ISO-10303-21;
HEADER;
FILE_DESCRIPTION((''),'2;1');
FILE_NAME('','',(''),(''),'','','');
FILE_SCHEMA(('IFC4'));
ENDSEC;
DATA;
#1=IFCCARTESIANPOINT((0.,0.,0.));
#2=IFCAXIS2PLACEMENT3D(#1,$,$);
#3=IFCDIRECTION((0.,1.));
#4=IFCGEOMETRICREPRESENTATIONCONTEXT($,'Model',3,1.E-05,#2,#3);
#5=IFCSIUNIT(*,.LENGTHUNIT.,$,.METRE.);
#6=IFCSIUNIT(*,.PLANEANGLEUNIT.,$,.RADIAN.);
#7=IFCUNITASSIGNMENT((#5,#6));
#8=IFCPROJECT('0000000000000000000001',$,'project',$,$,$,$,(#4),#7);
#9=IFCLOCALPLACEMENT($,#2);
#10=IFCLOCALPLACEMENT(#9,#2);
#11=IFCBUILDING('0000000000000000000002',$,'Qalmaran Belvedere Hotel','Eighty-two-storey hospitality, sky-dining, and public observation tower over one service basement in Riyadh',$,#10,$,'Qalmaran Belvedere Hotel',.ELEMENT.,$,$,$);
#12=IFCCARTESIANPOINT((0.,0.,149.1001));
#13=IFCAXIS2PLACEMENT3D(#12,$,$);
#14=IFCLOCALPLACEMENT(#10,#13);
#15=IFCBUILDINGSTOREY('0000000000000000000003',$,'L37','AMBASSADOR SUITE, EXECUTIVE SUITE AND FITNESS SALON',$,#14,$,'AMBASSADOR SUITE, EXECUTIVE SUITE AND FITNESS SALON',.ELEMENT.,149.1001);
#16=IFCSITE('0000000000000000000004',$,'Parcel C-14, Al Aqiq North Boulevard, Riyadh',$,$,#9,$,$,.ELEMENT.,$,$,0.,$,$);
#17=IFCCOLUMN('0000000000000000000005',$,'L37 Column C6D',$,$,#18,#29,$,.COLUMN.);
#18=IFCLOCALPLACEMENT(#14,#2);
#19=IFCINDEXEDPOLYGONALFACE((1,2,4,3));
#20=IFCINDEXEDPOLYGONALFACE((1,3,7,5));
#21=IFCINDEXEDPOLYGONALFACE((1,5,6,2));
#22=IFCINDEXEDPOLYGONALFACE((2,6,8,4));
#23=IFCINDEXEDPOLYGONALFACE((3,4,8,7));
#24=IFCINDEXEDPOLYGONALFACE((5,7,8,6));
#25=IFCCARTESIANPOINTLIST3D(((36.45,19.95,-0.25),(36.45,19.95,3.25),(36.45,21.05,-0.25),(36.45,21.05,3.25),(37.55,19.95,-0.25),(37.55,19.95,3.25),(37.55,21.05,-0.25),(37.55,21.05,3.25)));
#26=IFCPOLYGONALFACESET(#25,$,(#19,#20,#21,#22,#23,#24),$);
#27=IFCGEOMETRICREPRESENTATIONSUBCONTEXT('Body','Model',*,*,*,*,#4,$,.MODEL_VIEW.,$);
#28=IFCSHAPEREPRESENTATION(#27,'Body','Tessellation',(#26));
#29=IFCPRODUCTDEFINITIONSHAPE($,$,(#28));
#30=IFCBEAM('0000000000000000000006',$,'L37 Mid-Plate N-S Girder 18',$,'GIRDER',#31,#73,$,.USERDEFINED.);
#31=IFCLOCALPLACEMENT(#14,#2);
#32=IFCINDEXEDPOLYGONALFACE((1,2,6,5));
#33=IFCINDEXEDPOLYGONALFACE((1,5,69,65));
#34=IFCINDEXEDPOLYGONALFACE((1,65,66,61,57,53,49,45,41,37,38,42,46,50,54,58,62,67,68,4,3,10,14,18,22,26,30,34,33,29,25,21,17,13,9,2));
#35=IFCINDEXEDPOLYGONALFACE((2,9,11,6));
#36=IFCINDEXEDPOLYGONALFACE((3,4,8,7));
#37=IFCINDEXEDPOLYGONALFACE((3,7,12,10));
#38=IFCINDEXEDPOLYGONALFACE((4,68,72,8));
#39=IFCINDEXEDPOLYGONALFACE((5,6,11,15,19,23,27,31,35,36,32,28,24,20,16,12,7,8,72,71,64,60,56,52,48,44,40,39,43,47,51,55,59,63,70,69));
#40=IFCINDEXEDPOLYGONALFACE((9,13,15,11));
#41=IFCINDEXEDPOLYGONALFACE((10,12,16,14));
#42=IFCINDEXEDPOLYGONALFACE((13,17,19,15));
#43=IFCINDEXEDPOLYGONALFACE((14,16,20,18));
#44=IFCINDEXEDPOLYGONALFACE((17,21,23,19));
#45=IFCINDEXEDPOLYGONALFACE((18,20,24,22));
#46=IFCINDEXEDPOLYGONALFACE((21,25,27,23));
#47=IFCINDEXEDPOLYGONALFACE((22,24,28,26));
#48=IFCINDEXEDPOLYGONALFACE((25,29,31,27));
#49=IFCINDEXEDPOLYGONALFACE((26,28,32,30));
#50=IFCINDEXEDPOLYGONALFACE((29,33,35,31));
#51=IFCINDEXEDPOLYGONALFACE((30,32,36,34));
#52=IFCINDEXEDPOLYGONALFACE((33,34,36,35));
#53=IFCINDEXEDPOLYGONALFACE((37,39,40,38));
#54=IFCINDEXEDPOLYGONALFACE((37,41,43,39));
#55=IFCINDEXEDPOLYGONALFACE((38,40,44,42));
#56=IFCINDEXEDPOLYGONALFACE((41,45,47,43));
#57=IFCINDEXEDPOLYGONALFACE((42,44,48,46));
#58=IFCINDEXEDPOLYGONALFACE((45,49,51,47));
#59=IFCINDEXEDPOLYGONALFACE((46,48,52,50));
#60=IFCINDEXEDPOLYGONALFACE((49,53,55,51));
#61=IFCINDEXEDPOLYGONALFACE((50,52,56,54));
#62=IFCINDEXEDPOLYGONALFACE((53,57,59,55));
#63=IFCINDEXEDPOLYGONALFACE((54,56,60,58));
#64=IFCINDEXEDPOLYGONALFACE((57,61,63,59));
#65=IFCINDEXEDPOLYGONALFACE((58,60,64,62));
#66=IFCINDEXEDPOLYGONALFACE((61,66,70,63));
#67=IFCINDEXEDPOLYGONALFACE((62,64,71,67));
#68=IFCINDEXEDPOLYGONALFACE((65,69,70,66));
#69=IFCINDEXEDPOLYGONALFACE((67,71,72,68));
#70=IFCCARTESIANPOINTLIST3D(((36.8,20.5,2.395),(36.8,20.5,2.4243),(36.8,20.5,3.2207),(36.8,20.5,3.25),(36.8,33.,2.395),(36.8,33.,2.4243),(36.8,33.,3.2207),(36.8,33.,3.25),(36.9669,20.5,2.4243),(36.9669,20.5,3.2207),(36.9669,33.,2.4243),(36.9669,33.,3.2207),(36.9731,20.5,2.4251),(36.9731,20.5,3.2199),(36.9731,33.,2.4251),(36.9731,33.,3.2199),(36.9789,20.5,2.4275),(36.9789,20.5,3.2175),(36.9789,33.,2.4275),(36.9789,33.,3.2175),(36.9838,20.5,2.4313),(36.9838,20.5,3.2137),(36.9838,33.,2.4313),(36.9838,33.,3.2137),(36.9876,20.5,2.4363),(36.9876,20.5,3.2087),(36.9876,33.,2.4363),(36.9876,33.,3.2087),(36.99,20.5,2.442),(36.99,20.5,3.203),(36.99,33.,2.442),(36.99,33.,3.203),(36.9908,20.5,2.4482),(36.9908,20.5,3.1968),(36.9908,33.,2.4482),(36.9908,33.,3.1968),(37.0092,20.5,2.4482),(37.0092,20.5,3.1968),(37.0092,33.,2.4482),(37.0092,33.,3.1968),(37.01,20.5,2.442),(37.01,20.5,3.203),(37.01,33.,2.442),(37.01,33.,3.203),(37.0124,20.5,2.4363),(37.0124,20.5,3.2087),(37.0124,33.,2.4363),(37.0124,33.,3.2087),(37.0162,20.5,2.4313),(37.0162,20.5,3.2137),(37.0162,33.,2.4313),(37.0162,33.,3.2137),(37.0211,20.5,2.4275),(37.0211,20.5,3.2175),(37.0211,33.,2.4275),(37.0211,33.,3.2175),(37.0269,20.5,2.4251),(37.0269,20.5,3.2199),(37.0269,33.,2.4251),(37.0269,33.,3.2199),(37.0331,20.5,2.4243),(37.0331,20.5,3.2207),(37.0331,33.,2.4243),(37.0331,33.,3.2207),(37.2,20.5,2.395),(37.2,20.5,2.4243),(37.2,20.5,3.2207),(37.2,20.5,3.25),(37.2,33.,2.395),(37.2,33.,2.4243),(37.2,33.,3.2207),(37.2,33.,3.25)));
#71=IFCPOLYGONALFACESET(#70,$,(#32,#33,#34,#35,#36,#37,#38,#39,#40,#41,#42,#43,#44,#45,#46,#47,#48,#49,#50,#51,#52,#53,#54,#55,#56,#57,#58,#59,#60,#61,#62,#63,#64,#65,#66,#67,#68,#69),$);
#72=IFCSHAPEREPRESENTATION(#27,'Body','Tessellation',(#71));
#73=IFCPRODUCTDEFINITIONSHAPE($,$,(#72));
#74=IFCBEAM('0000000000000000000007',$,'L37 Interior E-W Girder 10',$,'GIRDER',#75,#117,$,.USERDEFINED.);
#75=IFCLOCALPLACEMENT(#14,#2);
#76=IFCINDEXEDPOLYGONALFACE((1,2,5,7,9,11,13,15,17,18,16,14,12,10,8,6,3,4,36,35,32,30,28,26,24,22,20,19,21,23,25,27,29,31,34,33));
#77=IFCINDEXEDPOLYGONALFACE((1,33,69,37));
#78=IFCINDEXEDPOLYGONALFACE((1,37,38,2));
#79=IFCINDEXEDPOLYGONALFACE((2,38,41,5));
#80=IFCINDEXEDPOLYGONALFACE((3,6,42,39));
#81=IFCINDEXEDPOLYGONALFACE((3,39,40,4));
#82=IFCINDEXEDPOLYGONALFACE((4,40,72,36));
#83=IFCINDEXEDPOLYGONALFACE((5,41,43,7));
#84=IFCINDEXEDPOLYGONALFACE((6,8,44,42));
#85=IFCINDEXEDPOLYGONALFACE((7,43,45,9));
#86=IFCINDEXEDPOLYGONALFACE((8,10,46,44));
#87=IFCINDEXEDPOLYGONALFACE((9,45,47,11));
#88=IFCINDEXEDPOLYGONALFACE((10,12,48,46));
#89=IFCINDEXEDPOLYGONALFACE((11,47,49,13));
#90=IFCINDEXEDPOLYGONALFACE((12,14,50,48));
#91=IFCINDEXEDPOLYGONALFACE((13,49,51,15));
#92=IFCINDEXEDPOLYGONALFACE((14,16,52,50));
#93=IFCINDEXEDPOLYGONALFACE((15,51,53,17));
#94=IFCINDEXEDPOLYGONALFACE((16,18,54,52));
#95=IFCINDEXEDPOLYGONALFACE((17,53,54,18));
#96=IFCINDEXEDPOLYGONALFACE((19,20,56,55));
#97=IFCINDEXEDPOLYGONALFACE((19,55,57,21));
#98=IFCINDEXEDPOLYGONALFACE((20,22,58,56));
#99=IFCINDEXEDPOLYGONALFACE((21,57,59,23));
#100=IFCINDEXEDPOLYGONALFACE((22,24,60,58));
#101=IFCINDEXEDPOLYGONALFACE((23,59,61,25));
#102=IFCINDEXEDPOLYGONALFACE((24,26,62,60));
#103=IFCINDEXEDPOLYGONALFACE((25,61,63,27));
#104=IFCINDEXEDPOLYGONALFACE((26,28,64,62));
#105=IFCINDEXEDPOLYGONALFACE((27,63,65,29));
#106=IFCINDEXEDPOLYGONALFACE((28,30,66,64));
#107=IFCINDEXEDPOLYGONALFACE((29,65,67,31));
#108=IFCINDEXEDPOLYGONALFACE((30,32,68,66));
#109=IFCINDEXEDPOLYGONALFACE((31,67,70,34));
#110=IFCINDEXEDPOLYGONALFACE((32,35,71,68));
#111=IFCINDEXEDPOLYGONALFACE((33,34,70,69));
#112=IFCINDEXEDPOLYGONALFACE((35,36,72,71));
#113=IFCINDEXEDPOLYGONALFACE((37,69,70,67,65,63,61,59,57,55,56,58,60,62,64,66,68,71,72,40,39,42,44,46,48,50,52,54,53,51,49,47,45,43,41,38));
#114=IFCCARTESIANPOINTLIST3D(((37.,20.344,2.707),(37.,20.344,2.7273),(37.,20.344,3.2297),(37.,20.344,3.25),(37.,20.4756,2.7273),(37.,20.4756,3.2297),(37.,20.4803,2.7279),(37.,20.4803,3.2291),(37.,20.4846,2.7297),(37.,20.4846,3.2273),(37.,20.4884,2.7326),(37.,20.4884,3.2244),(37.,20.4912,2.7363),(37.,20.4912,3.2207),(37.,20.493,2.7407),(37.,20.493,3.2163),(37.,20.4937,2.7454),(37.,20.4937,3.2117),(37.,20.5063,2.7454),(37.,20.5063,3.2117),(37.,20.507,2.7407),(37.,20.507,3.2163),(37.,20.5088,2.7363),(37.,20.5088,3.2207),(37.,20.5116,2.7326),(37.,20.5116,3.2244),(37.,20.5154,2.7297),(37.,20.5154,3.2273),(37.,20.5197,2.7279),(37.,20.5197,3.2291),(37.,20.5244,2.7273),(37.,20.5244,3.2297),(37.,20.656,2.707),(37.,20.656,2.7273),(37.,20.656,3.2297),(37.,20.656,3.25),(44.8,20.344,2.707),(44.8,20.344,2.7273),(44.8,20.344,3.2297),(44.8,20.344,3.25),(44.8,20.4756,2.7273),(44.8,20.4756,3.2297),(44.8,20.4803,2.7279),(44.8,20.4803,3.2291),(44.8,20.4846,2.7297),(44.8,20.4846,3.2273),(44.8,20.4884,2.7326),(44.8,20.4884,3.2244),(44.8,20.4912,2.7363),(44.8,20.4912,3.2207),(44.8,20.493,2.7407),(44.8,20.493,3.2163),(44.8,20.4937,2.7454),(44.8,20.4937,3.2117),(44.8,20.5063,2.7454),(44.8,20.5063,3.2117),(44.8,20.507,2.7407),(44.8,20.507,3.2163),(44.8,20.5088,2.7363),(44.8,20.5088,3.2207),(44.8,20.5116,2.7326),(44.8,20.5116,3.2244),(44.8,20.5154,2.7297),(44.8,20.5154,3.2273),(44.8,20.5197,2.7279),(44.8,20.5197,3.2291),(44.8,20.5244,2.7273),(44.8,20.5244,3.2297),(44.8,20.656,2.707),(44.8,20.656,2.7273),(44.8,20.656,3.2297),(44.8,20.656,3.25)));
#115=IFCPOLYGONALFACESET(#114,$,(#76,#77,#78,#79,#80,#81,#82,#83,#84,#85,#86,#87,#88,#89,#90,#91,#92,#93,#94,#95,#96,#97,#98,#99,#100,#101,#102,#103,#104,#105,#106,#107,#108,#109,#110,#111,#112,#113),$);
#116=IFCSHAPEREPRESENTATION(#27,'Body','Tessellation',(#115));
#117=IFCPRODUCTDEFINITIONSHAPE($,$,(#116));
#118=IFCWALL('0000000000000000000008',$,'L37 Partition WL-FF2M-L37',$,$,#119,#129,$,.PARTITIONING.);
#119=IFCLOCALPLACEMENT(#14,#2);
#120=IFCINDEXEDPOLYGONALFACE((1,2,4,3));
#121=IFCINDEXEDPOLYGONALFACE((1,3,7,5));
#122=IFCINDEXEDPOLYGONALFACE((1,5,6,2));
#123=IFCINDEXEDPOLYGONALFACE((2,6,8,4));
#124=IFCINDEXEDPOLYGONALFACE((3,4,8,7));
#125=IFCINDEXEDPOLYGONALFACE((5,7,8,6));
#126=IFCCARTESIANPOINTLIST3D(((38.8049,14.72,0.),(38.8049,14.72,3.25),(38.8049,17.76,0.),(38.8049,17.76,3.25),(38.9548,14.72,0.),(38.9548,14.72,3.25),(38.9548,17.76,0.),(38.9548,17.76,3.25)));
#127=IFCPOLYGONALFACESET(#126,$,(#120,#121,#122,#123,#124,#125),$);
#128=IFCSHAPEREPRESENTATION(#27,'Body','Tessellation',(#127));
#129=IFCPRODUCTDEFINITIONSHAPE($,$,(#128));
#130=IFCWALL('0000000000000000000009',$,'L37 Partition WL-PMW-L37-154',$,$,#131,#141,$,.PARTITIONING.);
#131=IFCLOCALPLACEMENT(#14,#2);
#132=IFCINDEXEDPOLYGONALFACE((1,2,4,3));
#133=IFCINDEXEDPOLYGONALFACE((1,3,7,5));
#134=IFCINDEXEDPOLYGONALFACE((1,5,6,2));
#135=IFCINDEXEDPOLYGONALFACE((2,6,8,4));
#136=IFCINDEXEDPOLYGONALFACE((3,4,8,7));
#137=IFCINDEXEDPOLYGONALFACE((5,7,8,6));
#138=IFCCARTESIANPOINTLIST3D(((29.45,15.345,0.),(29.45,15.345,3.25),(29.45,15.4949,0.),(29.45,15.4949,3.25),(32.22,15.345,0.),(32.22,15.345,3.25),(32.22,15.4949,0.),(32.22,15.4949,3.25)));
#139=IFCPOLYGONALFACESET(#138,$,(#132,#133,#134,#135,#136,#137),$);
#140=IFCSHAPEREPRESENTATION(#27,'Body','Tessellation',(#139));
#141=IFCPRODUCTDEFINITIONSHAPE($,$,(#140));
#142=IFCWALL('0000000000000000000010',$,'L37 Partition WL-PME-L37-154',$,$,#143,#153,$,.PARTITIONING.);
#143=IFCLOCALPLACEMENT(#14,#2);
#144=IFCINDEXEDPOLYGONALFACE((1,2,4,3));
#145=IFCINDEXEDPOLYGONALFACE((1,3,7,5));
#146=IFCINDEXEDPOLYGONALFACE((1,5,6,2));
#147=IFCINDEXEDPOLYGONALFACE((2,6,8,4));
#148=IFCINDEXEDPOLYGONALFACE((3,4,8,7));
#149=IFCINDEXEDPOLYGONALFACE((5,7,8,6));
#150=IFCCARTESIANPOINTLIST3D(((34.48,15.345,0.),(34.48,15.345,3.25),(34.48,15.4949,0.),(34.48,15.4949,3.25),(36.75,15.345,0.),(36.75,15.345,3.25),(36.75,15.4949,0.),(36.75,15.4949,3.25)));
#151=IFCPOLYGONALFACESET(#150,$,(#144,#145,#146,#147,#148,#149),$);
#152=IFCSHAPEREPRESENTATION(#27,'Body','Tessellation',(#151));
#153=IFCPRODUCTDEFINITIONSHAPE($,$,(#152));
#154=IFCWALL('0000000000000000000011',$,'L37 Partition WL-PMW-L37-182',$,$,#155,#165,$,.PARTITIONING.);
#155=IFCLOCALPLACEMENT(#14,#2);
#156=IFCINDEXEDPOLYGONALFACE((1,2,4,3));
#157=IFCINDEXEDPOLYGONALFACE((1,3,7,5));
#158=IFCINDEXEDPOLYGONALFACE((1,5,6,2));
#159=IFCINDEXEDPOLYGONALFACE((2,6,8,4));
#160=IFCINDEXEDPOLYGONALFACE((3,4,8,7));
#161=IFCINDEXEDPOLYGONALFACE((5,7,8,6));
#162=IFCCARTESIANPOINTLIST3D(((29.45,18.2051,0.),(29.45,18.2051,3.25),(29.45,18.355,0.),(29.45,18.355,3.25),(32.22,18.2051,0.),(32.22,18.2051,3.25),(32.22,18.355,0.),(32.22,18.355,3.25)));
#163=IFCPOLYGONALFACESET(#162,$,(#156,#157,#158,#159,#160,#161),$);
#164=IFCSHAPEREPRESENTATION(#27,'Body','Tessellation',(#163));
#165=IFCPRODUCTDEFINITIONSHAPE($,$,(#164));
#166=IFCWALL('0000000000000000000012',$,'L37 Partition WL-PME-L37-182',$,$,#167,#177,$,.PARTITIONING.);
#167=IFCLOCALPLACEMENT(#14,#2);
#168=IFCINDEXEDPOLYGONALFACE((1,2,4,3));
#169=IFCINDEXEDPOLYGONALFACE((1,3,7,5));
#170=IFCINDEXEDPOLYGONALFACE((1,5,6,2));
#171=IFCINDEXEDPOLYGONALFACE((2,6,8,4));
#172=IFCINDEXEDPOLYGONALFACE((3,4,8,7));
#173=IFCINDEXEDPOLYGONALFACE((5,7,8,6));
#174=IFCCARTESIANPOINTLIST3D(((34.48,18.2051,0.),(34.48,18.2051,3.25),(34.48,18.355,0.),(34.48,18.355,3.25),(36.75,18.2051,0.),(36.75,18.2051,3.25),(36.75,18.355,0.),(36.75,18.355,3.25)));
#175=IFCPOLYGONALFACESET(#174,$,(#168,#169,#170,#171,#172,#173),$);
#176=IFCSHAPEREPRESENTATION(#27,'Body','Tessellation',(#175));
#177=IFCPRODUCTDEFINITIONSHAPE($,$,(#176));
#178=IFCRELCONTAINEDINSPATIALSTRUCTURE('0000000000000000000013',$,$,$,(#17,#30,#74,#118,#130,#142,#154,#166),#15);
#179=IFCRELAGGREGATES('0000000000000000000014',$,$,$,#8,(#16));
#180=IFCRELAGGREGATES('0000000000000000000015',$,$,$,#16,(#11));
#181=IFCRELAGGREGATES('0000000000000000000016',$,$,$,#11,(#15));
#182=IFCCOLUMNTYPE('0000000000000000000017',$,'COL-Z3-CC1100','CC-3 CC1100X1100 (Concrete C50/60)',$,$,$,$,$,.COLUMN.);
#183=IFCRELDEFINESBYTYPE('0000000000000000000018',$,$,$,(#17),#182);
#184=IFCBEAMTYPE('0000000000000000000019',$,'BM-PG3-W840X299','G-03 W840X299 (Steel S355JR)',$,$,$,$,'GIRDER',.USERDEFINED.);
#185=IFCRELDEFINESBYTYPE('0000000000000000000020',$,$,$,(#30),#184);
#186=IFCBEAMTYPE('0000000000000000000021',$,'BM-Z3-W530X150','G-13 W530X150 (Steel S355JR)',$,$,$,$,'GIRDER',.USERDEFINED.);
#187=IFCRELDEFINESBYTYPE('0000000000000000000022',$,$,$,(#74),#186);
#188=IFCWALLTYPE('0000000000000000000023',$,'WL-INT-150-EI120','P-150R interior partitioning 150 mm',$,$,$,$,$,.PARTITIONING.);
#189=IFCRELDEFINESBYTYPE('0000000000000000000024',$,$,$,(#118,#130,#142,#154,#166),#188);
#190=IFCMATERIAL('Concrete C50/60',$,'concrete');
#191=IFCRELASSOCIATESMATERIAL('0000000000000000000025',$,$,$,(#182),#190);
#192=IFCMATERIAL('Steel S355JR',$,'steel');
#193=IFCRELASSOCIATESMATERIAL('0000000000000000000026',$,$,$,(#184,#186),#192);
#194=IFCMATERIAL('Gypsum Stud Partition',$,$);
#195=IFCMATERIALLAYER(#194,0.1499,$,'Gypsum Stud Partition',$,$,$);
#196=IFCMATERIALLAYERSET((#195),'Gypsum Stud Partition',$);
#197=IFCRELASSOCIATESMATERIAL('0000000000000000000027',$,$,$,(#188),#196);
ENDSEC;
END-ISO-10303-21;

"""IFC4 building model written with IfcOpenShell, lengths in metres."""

from ifc_helpers import new_model, si_unit, direction, frame, frame_2d, origin, origin_2d, place, context, subcontext, project, spatial, rectangle, i_section, extrude, material, layer, layer_set, material_profile, profile_set, type_object, element, save


model = new_model("IFC4")

# Units and contexts
model_context = context("Model", 3, precision=1e-05, world=origin(), true_north=direction((0.0, 1.0)))
body_context = subcontext(model_context, "Body", "Model", "MODEL_VIEW")
ifc_project = project(units=[si_unit("LENGTHUNIT", "METRE"), si_unit("PLANEANGLEUNIT", "RADIAN")], contexts=[model_context])

# Site, building, storey
site_placement = place(None, origin())
site = spatial("IfcSite", under=ifc_project, at=site_placement, Name="Parcel C-14, Al Aqiq North Boulevard, Riyadh", CompositionType="ELEMENT", RefElevation=0.0)
building_placement = place(site_placement, origin())
building = spatial("IfcBuilding", under=site, at=building_placement, Name="Qalmaran Belvedere Hotel", Description="Eighty-two-storey hospitality, sky-dining, and public observation tower over one service basement in Riyadh", LongName="Qalmaran Belvedere Hotel", CompositionType="ELEMENT")
storey_placement = place(building_placement, frame((0.0, 0.0, 149.1001)))
storey = spatial("IfcBuildingStorey", under=building, at=storey_placement, Name="L37", Description="AMBASSADOR SUITE, EXECUTIVE SUITE AND FITNESS SALON", LongName="AMBASSADOR SUITE, EXECUTIVE SUITE AND FITNESS SALON", CompositionType="ELEMENT", Elevation=149.1001)

# Column
ifc_material_1 = material(Name="Concrete C50/60", Category="concrete")
ifc_material_profile_1 = material_profile(ifc_material_1, rectangle(XDim=1.1001, YDim=1.1001, at=origin_2d()), Name="CC1100X1100")
ifc_profile_set_1 = profile_set([ifc_material_profile_1], Name="Concrete C50/60")
column_type = type_object("IfcColumnType", Name="COL-Z3-CC1100", Description="CC-3 CC1100X1100 (Concrete C50/60)", PredefinedType="COLUMN", material=ifc_profile_set_1)
column_placement = place(storey_placement, frame((37.0, 20.5, -0.25), z_axis=(0.0, 0.0, 1.0), x_axis=(1.0, 0.0, 0.0)))
element("IfcColumn", 1, at=column_placement, inside=storey, type_object=column_type, Name="L37 Column C6D", PredefinedType="COLUMN", context=body_context, shape_type="SweptSolid", body=[
    extrude(rectangle(XDim=1.1001, YDim=1.1001, at=origin_2d()), origin(), (0.0, 0.0, 1.0), 3.5),
])

# Beams
ifc_material_2 = material(Name="Steel S355JR", Category="steel")
ifc_material_profile_2 = material_profile(ifc_material_2, i_section(OverallWidth=0.3999, OverallDepth=0.855, WebThickness=0.0183, FlangeThickness=0.0293, FilletRadius=0.0239, at=origin_2d()), Name="W840X299")
ifc_profile_set_2 = profile_set([ifc_material_profile_2], Name="Steel S355JR")
beam_type_1 = type_object("IfcBeamType", Name="BM-PG3-W840X299", Description="G-03 W840X299 (Steel S355JR)", ElementType="GIRDER", PredefinedType="USERDEFINED", material=ifc_profile_set_2)
beam_1_placement = place(storey_placement, frame((37.0, 20.5, 2.8225), z_axis=(0.0, 1.0, 0.0), x_axis=(-1.0, 0.0, 0.0)))
element("IfcBeam", 2, at=beam_1_placement, inside=storey, type_object=beam_type_1, Name="L37 Mid-Plate N-S Girder 18", ObjectType="GIRDER", PredefinedType="USERDEFINED", context=body_context, shape_type="SweptSolid", body=[
    extrude(i_section(OverallWidth=0.3999, OverallDepth=0.855, WebThickness=0.0183, FlangeThickness=0.0293, FilletRadius=0.0239, at=origin_2d()), origin(), (0.0, 0.0, 1.0), 12.5),
])
ifc_material_profile_3 = material_profile(ifc_material_2, i_section(OverallWidth=0.312, OverallDepth=0.543, WebThickness=0.0127, FlangeThickness=0.0203, FilletRadius=0.0181, at=origin_2d()), Name="W530X150")
ifc_profile_set_3 = profile_set([ifc_material_profile_3], Name="Steel S355JR")
beam_type_2 = type_object("IfcBeamType", Name="BM-Z3-W530X150", Description="G-13 W530X150 (Steel S355JR)", ElementType="GIRDER", PredefinedType="USERDEFINED", material=ifc_profile_set_3)
beam_2_placement = place(storey_placement, frame((37.0, 20.5, 2.9785), z_axis=(1.0, 0.0, 0.0), x_axis=(0.0, 1.0, 0.0)))
element("IfcBeam", 3, at=beam_2_placement, inside=storey, type_object=beam_type_2, Name="L37 Interior E-W Girder 10", ObjectType="GIRDER", PredefinedType="USERDEFINED", context=body_context, shape_type="SweptSolid", body=[
    extrude(i_section(OverallWidth=0.312, OverallDepth=0.543, WebThickness=0.0127, FlangeThickness=0.0203, FilletRadius=0.0181, at=origin_2d()), origin(), (0.0, 0.0, 1.0), 7.8),
])

# Walls
ifc_material_3 = material(Name="Gypsum Stud Partition")
ifc_layer_1 = layer(ifc_material_3, 0.1499, Name="Gypsum Stud Partition")
ifc_layer_set_1 = layer_set([ifc_layer_1], Name="Gypsum Stud Partition")
wall_type_1 = type_object("IfcWallType", Name="WL-INT-150-EI120", Description="P-150R interior partitioning 150 mm", PredefinedType="PARTITIONING", material=ifc_layer_set_1)
wall_1_placement = place(storey_placement, frame((38.8799, 14.72, 0.0), z_axis=(0.0, 0.0, 1.0), x_axis=(0.0, 1.0, 0.0)))
element("IfcWall", 4, at=wall_1_placement, inside=storey, type_object=wall_type_1, Name="L37 Partition WL-FF2M-L37", PredefinedType="PARTITIONING", context=body_context, shape_type="SweptSolid", body=[
    extrude(rectangle(XDim=3.04, YDim=0.1499, at=frame_2d((1.52, 0.0))), origin(), (0.0, 0.0, 1.0), 3.25),
])
wall_2_placement = place(storey_placement, frame((29.45, 15.4199, 0.0), z_axis=(0.0, 0.0, 1.0), x_axis=(1.0, 0.0, 0.0)))
element("IfcWall", 5, at=wall_2_placement, inside=storey, type_object=wall_type_1, Name="L37 Partition WL-PMW-L37-154", PredefinedType="PARTITIONING", context=body_context, shape_type="SweptSolid", body=[
    extrude(rectangle(XDim=2.77, YDim=0.1499, at=frame_2d((1.385, 0.0))), origin(), (0.0, 0.0, 1.0), 3.25),
])
wall_3_placement = place(storey_placement, frame((34.48, 15.4199, 0.0), z_axis=(0.0, 0.0, 1.0), x_axis=(1.0, 0.0, 0.0)))
element("IfcWall", 6, at=wall_3_placement, inside=storey, type_object=wall_type_1, Name="L37 Partition WL-PME-L37-154", PredefinedType="PARTITIONING", context=body_context, shape_type="SweptSolid", body=[
    extrude(rectangle(XDim=2.27, YDim=0.1499, at=frame_2d((1.135, 0.0))), origin(), (0.0, 0.0, 1.0), 3.25),
])
wall_4_placement = place(storey_placement, frame((29.45, 18.28, 0.0), z_axis=(0.0, 0.0, 1.0), x_axis=(1.0, 0.0, 0.0)))
element("IfcWall", 7, at=wall_4_placement, inside=storey, type_object=wall_type_1, Name="L37 Partition WL-PMW-L37-182", PredefinedType="PARTITIONING", context=body_context, shape_type="SweptSolid", body=[
    extrude(rectangle(XDim=2.77, YDim=0.1499, at=frame_2d((1.385, 0.0))), origin(), (0.0, 0.0, 1.0), 3.25),
])
wall_5_placement = place(storey_placement, frame((34.48, 18.28, 0.0), z_axis=(0.0, 0.0, 1.0), x_axis=(1.0, 0.0, 0.0)))
element("IfcWall", 8, at=wall_5_placement, inside=storey, type_object=wall_type_1, Name="L37 Partition WL-PME-L37-182", PredefinedType="PARTITIONING", context=body_context, shape_type="SweptSolid", body=[
    extrude(rectangle(XDim=2.27, YDim=0.1499, at=frame_2d((1.135, 0.0))), origin(), (0.0, 0.0, 1.0), 3.25),
])

save(model, "model.ifc")
